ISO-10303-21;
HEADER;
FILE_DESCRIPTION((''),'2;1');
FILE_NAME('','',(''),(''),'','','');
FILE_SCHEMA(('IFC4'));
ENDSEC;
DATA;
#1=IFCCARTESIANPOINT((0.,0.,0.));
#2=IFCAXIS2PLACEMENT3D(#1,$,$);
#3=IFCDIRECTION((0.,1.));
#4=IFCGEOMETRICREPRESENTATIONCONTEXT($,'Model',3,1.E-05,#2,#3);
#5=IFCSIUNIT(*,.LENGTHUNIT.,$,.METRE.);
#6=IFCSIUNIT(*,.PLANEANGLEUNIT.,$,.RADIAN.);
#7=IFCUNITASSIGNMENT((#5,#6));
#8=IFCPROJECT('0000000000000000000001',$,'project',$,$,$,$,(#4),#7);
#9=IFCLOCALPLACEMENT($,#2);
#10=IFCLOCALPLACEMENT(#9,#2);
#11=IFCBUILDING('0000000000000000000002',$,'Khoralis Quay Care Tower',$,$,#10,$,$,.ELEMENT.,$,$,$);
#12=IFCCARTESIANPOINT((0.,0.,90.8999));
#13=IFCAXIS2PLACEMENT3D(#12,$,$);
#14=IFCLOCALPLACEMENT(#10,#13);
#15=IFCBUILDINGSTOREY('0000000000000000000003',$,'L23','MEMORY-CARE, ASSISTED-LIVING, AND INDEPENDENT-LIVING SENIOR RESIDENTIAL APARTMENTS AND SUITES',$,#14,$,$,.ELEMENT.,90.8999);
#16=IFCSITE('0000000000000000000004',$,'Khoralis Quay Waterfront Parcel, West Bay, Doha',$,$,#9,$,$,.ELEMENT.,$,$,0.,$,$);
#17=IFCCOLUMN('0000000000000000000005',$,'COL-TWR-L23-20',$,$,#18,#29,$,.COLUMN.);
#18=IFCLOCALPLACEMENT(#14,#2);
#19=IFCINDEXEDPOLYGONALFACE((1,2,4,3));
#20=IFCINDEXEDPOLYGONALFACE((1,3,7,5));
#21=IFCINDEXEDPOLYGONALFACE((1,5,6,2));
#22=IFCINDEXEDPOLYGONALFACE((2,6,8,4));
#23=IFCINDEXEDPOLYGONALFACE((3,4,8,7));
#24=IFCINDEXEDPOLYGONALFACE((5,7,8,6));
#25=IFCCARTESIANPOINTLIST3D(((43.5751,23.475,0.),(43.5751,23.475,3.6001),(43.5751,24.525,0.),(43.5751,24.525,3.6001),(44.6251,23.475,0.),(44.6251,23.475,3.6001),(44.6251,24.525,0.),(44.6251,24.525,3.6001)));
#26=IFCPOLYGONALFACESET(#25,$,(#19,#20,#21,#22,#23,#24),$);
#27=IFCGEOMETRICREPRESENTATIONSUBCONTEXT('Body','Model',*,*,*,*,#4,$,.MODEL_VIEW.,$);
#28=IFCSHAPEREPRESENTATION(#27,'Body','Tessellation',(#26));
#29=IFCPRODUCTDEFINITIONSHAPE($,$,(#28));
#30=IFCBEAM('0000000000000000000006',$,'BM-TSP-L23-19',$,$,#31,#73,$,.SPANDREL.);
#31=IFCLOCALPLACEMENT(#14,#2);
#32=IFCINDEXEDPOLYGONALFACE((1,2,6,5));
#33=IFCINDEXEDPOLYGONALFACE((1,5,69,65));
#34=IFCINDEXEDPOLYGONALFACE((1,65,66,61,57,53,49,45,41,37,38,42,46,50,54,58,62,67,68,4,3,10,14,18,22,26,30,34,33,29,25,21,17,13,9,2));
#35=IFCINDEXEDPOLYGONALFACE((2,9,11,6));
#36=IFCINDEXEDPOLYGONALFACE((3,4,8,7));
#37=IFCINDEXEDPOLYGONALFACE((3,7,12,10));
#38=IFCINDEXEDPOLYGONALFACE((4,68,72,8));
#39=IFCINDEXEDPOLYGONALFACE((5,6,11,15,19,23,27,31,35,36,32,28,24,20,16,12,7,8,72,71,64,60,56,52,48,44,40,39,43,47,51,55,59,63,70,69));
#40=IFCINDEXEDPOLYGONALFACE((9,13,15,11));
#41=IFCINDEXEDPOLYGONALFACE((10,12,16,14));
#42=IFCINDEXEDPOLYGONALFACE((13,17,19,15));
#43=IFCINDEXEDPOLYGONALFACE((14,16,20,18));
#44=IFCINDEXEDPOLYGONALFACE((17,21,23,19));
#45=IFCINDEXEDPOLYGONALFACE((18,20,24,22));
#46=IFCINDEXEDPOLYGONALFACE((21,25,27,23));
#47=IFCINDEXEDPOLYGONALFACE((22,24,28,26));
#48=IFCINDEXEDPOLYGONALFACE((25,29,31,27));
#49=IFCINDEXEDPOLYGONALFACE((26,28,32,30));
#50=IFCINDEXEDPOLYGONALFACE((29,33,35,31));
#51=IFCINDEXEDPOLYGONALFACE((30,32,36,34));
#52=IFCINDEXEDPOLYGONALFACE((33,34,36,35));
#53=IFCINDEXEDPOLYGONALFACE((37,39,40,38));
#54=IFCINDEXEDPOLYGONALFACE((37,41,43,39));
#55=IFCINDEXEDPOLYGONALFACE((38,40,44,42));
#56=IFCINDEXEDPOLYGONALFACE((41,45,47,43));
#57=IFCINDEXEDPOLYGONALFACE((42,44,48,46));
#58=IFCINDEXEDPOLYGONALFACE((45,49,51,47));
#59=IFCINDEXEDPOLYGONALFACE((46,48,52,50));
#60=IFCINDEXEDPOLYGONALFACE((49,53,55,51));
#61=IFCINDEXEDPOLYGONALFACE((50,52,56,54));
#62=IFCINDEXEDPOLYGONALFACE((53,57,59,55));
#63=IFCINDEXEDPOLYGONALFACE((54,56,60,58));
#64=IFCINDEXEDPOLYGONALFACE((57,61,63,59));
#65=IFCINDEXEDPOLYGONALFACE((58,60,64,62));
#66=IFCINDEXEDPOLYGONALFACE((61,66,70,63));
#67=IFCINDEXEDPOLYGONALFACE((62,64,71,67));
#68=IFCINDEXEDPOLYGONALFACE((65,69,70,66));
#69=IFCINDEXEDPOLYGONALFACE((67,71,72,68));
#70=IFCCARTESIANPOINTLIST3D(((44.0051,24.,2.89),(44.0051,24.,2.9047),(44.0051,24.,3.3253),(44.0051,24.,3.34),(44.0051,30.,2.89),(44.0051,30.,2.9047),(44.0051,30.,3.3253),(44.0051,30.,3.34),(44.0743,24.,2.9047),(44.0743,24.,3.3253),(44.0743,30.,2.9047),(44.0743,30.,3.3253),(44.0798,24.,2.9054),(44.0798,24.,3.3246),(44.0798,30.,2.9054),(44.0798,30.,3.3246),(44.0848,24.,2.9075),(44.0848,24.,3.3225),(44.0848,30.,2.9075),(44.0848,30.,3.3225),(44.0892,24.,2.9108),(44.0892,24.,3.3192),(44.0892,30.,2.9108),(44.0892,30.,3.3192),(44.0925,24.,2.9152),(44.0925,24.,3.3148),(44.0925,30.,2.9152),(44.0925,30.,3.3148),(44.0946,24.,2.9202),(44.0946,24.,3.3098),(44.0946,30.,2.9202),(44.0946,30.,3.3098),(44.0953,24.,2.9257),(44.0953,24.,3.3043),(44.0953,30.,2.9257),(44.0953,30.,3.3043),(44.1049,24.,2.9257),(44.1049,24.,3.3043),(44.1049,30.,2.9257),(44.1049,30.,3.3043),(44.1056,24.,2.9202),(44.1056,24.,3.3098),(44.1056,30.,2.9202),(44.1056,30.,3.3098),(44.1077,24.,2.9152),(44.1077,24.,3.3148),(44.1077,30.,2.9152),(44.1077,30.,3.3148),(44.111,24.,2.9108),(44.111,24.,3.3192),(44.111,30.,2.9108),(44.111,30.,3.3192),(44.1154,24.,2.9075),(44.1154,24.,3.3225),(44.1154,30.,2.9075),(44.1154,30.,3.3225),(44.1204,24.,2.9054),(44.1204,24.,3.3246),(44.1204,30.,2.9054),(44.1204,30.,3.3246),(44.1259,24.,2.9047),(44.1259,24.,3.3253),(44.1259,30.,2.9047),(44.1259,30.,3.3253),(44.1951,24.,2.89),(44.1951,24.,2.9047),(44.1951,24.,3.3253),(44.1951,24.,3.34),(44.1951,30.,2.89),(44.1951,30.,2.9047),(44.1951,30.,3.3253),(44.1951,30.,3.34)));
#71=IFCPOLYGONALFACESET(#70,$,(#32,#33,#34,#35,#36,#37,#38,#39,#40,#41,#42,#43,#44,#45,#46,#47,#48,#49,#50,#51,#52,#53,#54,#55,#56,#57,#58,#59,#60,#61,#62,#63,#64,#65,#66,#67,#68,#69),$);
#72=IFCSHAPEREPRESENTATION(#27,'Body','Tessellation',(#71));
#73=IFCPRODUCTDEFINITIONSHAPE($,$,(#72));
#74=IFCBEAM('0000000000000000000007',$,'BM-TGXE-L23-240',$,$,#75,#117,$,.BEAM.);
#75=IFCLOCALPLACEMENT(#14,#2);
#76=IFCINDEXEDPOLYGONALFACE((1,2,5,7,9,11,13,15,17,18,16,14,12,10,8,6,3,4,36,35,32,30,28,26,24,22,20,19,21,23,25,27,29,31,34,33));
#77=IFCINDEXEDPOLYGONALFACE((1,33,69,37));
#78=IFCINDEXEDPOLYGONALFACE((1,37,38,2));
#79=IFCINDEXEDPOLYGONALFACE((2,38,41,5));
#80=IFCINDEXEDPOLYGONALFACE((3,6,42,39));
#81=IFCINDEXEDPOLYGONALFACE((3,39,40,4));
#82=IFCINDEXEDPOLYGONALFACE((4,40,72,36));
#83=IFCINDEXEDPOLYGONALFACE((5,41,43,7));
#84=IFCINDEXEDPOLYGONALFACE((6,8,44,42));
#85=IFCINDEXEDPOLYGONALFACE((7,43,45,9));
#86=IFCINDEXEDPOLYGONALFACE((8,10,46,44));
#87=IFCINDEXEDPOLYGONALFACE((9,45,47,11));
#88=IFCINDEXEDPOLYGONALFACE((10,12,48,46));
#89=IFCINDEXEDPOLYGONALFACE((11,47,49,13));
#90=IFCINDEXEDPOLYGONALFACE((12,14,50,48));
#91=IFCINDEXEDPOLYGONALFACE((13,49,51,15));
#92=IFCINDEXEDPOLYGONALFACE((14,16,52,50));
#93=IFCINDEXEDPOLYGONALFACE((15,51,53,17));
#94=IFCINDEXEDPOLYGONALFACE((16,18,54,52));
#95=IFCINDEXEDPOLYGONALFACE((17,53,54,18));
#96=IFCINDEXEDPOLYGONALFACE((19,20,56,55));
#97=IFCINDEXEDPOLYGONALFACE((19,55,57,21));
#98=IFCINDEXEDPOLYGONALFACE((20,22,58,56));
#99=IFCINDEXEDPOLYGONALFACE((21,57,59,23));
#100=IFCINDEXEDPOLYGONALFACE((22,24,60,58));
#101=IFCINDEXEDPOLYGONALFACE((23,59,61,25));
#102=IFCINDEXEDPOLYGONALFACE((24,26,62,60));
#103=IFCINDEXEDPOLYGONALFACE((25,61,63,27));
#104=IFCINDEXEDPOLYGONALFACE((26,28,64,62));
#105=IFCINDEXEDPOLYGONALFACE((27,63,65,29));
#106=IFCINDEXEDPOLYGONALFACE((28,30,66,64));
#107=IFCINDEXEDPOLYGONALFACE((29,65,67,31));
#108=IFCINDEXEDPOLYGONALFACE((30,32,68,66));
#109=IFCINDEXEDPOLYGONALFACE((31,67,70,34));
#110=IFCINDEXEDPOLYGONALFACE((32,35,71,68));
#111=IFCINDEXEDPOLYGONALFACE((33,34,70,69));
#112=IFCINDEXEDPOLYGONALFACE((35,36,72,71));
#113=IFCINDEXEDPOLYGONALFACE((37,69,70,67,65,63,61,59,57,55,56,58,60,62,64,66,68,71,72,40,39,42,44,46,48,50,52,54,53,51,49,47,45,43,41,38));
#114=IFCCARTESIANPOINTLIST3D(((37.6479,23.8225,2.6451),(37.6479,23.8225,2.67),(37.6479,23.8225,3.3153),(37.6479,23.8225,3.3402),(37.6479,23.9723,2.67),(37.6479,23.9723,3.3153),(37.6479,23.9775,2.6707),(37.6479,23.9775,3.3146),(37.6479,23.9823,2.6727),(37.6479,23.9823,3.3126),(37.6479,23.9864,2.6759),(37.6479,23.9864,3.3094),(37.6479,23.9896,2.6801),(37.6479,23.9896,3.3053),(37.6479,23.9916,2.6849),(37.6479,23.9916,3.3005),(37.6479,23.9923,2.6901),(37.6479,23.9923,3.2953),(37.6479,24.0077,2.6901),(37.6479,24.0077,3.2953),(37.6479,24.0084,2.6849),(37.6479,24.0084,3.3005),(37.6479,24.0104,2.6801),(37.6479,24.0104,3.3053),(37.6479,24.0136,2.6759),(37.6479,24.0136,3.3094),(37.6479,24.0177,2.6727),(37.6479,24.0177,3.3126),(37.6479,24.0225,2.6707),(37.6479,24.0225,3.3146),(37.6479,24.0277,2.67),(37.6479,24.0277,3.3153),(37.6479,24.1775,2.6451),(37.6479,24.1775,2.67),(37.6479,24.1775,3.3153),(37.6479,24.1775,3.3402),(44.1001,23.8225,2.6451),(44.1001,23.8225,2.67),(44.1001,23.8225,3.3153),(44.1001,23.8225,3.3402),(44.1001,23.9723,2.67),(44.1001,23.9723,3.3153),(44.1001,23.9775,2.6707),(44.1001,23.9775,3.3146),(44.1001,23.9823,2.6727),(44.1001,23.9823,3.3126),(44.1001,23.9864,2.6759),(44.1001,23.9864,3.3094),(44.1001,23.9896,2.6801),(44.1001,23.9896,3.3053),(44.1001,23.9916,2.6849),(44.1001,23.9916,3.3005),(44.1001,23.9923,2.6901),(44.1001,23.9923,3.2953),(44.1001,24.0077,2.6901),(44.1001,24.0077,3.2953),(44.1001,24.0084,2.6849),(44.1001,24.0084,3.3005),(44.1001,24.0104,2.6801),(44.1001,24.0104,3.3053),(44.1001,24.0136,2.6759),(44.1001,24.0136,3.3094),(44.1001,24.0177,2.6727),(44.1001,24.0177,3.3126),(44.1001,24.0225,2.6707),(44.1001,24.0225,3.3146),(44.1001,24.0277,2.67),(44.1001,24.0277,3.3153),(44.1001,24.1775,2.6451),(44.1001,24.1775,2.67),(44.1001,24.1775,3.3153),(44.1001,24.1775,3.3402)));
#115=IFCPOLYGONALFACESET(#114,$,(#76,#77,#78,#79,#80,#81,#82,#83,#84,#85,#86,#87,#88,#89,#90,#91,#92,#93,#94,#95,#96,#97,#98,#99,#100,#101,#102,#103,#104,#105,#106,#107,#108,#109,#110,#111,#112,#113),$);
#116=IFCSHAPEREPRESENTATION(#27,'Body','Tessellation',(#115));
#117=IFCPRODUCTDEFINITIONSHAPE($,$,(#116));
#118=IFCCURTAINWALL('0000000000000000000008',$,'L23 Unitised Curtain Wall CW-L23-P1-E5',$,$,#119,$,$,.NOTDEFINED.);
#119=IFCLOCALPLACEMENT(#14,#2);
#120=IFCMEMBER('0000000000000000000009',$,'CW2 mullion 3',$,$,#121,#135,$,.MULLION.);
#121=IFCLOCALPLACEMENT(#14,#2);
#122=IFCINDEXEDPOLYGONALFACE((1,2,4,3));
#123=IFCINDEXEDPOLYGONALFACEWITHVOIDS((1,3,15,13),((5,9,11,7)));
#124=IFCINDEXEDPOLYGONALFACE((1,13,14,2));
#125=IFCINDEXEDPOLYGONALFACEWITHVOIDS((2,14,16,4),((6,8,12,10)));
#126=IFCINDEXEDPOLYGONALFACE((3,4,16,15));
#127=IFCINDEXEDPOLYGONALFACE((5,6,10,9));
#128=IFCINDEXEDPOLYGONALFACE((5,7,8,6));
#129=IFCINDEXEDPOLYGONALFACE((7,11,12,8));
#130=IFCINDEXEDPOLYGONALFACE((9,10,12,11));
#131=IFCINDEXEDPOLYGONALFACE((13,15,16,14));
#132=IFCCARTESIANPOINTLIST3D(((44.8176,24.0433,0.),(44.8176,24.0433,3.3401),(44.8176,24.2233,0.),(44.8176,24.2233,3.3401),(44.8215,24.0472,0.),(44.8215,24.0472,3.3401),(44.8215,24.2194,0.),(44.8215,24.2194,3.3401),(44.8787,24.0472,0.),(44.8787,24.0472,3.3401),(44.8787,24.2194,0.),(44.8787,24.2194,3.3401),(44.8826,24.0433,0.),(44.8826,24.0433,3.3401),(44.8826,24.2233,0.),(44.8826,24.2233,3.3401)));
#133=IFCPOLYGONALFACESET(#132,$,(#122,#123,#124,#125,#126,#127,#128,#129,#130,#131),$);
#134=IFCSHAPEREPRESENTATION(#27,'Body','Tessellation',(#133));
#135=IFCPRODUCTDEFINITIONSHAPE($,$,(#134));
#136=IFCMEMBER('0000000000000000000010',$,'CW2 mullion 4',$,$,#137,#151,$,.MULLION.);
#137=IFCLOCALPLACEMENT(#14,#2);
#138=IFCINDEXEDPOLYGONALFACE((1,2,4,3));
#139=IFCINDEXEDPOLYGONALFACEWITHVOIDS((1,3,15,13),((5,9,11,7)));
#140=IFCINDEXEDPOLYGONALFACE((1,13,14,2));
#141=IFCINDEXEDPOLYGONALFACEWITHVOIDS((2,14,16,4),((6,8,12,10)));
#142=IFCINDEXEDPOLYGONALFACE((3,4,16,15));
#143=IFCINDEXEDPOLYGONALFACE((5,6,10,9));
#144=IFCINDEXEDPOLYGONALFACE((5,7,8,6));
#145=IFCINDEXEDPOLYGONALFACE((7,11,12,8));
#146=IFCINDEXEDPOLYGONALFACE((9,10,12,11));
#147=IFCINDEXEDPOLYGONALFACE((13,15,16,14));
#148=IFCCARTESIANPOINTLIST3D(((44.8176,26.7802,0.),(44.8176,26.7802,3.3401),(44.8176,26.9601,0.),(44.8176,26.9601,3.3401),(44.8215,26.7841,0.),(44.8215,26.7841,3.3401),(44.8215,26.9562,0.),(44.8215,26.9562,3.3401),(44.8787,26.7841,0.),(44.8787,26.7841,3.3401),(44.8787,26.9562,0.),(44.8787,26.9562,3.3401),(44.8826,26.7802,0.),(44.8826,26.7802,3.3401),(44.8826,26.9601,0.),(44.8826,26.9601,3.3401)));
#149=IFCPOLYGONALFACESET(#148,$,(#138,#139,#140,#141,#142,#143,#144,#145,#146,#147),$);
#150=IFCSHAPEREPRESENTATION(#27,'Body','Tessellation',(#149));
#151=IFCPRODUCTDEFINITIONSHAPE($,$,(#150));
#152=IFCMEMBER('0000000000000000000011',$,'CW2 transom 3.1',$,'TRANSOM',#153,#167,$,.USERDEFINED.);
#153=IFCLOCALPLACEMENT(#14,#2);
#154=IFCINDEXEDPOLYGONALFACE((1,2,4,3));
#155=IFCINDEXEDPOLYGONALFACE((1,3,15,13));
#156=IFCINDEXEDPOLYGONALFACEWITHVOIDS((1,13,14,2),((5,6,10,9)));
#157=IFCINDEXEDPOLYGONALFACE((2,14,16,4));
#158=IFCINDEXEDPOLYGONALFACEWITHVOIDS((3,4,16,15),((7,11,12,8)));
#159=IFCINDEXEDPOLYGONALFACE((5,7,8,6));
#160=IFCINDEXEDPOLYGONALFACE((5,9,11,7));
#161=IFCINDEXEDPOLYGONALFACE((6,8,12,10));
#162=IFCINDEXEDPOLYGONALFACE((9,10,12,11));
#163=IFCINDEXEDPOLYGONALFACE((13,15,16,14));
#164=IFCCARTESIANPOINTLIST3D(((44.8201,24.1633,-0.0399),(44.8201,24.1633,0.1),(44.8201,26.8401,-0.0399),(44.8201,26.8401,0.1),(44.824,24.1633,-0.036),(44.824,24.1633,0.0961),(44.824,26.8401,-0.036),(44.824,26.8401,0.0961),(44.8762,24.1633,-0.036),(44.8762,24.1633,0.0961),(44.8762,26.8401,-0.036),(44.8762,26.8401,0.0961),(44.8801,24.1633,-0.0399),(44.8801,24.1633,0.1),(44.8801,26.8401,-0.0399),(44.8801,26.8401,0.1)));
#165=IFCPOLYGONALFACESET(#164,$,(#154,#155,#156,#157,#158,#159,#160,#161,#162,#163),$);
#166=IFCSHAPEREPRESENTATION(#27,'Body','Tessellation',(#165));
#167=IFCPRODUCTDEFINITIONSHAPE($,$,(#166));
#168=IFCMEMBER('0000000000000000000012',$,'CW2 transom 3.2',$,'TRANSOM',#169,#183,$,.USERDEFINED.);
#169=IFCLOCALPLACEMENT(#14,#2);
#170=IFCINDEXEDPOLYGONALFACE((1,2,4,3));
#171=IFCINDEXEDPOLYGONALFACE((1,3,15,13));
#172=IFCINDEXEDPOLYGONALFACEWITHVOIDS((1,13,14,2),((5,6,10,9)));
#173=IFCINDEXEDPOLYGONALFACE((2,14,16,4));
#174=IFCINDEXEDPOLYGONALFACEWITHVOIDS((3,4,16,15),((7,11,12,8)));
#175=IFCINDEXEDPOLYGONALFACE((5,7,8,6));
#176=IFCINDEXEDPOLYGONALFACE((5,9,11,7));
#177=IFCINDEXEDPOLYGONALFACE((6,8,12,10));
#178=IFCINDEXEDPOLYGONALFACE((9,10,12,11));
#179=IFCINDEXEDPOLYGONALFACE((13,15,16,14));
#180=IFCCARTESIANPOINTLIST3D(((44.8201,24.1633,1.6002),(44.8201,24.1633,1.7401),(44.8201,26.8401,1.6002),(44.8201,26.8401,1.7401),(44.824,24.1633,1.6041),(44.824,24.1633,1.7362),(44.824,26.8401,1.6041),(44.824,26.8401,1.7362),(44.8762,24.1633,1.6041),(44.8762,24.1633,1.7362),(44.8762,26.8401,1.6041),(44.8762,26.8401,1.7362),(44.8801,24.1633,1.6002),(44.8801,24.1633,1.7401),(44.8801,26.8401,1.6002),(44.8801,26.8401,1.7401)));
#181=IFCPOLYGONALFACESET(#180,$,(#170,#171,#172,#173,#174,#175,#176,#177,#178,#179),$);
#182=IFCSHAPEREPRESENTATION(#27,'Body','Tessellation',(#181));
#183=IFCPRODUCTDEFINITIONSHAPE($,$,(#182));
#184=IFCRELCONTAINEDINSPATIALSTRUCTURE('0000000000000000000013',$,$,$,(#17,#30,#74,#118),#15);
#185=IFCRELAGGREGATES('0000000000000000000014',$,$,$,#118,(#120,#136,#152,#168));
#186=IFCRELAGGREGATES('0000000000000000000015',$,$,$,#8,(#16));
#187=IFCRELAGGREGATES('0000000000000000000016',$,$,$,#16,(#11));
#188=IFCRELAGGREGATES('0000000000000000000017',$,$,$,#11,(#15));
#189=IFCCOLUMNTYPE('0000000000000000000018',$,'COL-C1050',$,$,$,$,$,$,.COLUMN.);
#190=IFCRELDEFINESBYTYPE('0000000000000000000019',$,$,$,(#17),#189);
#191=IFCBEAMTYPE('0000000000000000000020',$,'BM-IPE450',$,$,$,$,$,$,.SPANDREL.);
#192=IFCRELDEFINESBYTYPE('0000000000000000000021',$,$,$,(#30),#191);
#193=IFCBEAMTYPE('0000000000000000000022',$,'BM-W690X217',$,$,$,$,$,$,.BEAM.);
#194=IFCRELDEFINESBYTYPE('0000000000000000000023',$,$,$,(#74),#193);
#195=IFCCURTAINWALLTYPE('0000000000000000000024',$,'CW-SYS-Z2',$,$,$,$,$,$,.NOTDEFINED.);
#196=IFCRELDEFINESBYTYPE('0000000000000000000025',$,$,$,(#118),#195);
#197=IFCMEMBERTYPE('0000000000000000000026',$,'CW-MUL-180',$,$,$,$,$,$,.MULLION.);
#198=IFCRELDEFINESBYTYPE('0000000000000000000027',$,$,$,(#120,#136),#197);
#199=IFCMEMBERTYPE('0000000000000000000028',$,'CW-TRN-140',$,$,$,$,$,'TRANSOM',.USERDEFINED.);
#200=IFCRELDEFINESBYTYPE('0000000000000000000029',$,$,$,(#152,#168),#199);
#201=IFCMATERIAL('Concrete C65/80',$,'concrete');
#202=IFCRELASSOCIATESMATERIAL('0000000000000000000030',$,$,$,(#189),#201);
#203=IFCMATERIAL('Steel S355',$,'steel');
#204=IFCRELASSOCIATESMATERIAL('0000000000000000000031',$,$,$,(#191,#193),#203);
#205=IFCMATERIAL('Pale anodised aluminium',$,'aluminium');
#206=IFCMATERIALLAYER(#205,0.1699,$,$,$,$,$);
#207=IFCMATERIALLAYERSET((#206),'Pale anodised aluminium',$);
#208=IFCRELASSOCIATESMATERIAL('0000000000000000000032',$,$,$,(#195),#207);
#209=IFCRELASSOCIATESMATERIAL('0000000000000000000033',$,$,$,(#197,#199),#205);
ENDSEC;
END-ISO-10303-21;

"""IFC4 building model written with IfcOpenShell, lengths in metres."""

from ifc_helpers import new_model, si_unit, direction, frame, origin, origin_2d, place, context, subcontext, project, spatial, rectangle, hollow_rectangle, i_section, extrude, source, transform, mapped, material, layer, layer_set, material_profile, profile_set, type_object, element, aggregate, save


model = new_model("IFC4")

# Units and contexts
model_context = context("Model", 3, precision=1e-05, world=origin(), true_north=direction((0.0, 1.0)))
body_context = subcontext(model_context, "Body", "Model", "MODEL_VIEW")
ifc_project = project(units=[si_unit("LENGTHUNIT", "METRE"), si_unit("PLANEANGLEUNIT", "RADIAN")], contexts=[model_context])

# Site, building, storey
site_placement = place(None, origin())
site = spatial("IfcSite", under=ifc_project, at=site_placement, Name="Khoralis Quay Waterfront Parcel, West Bay, Doha", CompositionType="ELEMENT", RefElevation=0.0)
building_placement = place(site_placement, origin())
building = spatial("IfcBuilding", under=site, at=building_placement, Name="Khoralis Quay Care Tower", CompositionType="ELEMENT")
storey_placement = place(building_placement, frame((0.0, 0.0, 90.8999)))
storey = spatial("IfcBuildingStorey", under=building, at=storey_placement, Name="L23", Description="MEMORY-CARE, ASSISTED-LIVING, AND INDEPENDENT-LIVING SENIOR RESIDENTIAL APARTMENTS AND SUITES", CompositionType="ELEMENT", Elevation=90.8999)

# Column
ifc_material_1 = material(Name="Concrete C65/80", Category="concrete")
ifc_material_profile_1 = material_profile(ifc_material_1, rectangle(XDim=1.05, YDim=1.05, at=origin_2d()), Name="Concrete C65/80")
ifc_profile_set_1 = profile_set([ifc_material_profile_1], Name="Concrete C65/80")
column_type = type_object("IfcColumnType", Name="COL-C1050", PredefinedType="COLUMN", material=ifc_profile_set_1)
shared_shape_1 = source(origin(), body_context, "Body", "SweptSolid", [
    extrude(rectangle(XDim=1.05, YDim=1.05, at=origin_2d()), origin(), (0.0, 0.0, 1.0), 3.6001),
])
column_placement = place(storey_placement, frame((44.1001, 24.0, 0.0), z_axis=(0.0, 0.0, 1.0), x_axis=(1.0, 0.0, 0.0)))
element("IfcColumn", 1, at=column_placement, inside=storey, type_object=column_type, Name="COL-TWR-L23-20", PredefinedType="COLUMN", context=body_context, shape_type="MappedRepresentation", body=[
    mapped(shared_shape_1, transform((0.0, 0.0, 0.0), scale=1.0)),
])

# Beams
ifc_material_2 = material(Name="Steel S355", Category="steel")
ifc_material_profile_2 = material_profile(ifc_material_2, i_section(OverallWidth=0.1899, OverallDepth=0.45, WebThickness=0.0095, FlangeThickness=0.0146, FilletRadius=0.021, at=origin_2d()), Name="Steel S355")
ifc_profile_set_2 = profile_set([ifc_material_profile_2], Name="Steel S355")
beam_type_1 = type_object("IfcBeamType", Name="BM-IPE450", PredefinedType="SPANDREL", material=ifc_profile_set_2)
shared_shape_2 = source(origin(), body_context, "Body", "SweptSolid", [
    extrude(i_section(OverallWidth=0.1899, OverallDepth=0.45, WebThickness=0.0095, FlangeThickness=0.0146, FilletRadius=0.021, at=origin_2d()), origin(), (0.0, 0.0, 1.0), 6.0),
])
beam_1_placement = place(storey_placement, frame((44.1001, 24.0, 3.115), z_axis=(0.0, 1.0, 0.0), x_axis=(-1.0, 0.0, 0.0)))
element("IfcBeam", 2, at=beam_1_placement, inside=storey, type_object=beam_type_1, Name="BM-TSP-L23-19", PredefinedType="SPANDREL", context=body_context, shape_type="MappedRepresentation", body=[
    mapped(shared_shape_2, transform((0.0, 0.0, 0.0), scale=1.0)),
])
ifc_material_profile_3 = material_profile(ifc_material_2, i_section(OverallWidth=0.355, OverallDepth=0.6951, WebThickness=0.0154, FlangeThickness=0.0249, FilletRadius=0.02, at=origin_2d()), Name="Steel S355")
ifc_profile_set_3 = profile_set([ifc_material_profile_3], Name="Steel S355")
beam_type_2 = type_object("IfcBeamType", Name="BM-W690X217", PredefinedType="BEAM", material=ifc_profile_set_3)
shared_shape_3 = source(origin(), body_context, "Body", "SweptSolid", [
    extrude(i_section(OverallWidth=0.355, OverallDepth=0.6951, WebThickness=0.0154, FlangeThickness=0.0249, FilletRadius=0.02, at=origin_2d()), origin(), (0.0, 0.0, 1.0), 6.4521),
])
beam_2_placement = place(storey_placement, frame((37.6479, 24.0, 2.9927), z_axis=(1.0, 0.0, 0.0), x_axis=(0.0, 1.0, 0.0)))
element("IfcBeam", 3, at=beam_2_placement, inside=storey, type_object=beam_type_2, Name="BM-TGXE-L23-240", PredefinedType="BEAM", context=body_context, shape_type="MappedRepresentation", body=[
    mapped(shared_shape_3, transform((0.0, 0.0, 0.0), scale=1.0)),
])

# Curtain wall, members
ifc_material_3 = material(Name="Pale anodised aluminium", Category="aluminium")
ifc_layer_1 = layer(ifc_material_3, 0.1699)
ifc_layer_set_1 = layer_set([ifc_layer_1], Name="Pale anodised aluminium")
curtain_wall_type = type_object("IfcCurtainWallType", Name="CW-SYS-Z2", PredefinedType="NOTDEFINED", material=ifc_layer_set_1)
curtain_wall_placement = place(storey_placement, origin())
curtain_wall = element("IfcCurtainWall", 4, at=curtain_wall_placement, inside=storey, type_object=curtain_wall_type, Name="L23 Unitised Curtain Wall CW-L23-P1-E5", PredefinedType="NOTDEFINED")
ifc_material_profile_4 = material_profile(ifc_material_3, hollow_rectangle(XDim=0.0649, YDim=0.1799, WallThickness=0.0039, at=origin_2d()), Name="Pale anodised aluminium")
ifc_profile_set_4 = profile_set([ifc_material_profile_4], Name="Pale anodised aluminium")
member_type_1 = type_object("IfcMemberType", Name="CW-MUL-180", PredefinedType="MULLION", material=ifc_profile_set_4)
shared_shape_4 = source(origin(), body_context, "Body", "SweptSolid", [
    extrude(hollow_rectangle(XDim=0.0649, YDim=0.1799, WallThickness=0.0039, at=origin_2d()), origin(), (0.0, 0.0, 1.0), 3.3401),
])
member_1_placement = place(storey_placement, frame((44.8501, 24.1333, 0.0), z_axis=(0.0, 0.0, 1.0), x_axis=(-1.0, 0.0, 0.0)))
member_1 = element("IfcMember", 5, at=member_1_placement, type_object=member_type_1, Name="CW2 mullion 3", PredefinedType="MULLION", context=body_context, shape_type="MappedRepresentation", body=[
    mapped(shared_shape_4, transform((0.0, 0.0, 0.0), scale=1.0)),
])
member_2_placement = place(storey_placement, frame((44.8501, 26.8701, 0.0), z_axis=(0.0, 0.0, 1.0), x_axis=(-1.0, 0.0, 0.0)))
member_2 = element("IfcMember", 6, at=member_2_placement, type_object=member_type_1, Name="CW2 mullion 4", PredefinedType="MULLION", context=body_context, shape_type="MappedRepresentation", body=[
    mapped(shared_shape_4, transform((0.0, 0.0, 0.0), scale=1.0)),
])
ifc_material_profile_5 = material_profile(ifc_material_3, hollow_rectangle(XDim=0.0601, YDim=0.1399, WallThickness=0.0039, at=origin_2d()), Name="Pale anodised aluminium")
ifc_profile_set_5 = profile_set([ifc_material_profile_5], Name="Pale anodised aluminium")
member_type_2 = type_object("IfcMemberType", Name="CW-TRN-140", ElementType="TRANSOM", PredefinedType="USERDEFINED", material=ifc_profile_set_5)
shared_shape_5 = source(origin(), body_context, "Body", "SweptSolid", [
    extrude(hollow_rectangle(XDim=0.0601, YDim=0.1399, WallThickness=0.0039, at=origin_2d()), origin(), (0.0, 0.0, 1.0), 2.6768),
])
member_3_placement = place(storey_placement, frame((44.8501, 24.1633, 0.03), z_axis=(0.0, 1.0, 0.0), x_axis=(-1.0, 0.0, 0.0)))
member_3 = element("IfcMember", 7, at=member_3_placement, type_object=member_type_2, Name="CW2 transom 3.1", ObjectType="TRANSOM", PredefinedType="USERDEFINED", context=body_context, shape_type="MappedRepresentation", body=[
    mapped(shared_shape_5, transform((0.0, 0.0, 0.0), scale=1.0)),
])
member_4_placement = place(storey_placement, frame((44.8501, 24.1633, 1.6702), z_axis=(0.0, 1.0, 0.0), x_axis=(-1.0, 0.0, 0.0)))
member_4 = element("IfcMember", 8, at=member_4_placement, type_object=member_type_2, Name="CW2 transom 3.2", ObjectType="TRANSOM", PredefinedType="USERDEFINED", context=body_context, shape_type="MappedRepresentation", body=[
    mapped(shared_shape_5, transform((0.0, 0.0, 0.0), scale=1.0)),
])
aggregate(curtain_wall, [member_1, member_2, member_3, member_4])

save(model, "model.ifc")
